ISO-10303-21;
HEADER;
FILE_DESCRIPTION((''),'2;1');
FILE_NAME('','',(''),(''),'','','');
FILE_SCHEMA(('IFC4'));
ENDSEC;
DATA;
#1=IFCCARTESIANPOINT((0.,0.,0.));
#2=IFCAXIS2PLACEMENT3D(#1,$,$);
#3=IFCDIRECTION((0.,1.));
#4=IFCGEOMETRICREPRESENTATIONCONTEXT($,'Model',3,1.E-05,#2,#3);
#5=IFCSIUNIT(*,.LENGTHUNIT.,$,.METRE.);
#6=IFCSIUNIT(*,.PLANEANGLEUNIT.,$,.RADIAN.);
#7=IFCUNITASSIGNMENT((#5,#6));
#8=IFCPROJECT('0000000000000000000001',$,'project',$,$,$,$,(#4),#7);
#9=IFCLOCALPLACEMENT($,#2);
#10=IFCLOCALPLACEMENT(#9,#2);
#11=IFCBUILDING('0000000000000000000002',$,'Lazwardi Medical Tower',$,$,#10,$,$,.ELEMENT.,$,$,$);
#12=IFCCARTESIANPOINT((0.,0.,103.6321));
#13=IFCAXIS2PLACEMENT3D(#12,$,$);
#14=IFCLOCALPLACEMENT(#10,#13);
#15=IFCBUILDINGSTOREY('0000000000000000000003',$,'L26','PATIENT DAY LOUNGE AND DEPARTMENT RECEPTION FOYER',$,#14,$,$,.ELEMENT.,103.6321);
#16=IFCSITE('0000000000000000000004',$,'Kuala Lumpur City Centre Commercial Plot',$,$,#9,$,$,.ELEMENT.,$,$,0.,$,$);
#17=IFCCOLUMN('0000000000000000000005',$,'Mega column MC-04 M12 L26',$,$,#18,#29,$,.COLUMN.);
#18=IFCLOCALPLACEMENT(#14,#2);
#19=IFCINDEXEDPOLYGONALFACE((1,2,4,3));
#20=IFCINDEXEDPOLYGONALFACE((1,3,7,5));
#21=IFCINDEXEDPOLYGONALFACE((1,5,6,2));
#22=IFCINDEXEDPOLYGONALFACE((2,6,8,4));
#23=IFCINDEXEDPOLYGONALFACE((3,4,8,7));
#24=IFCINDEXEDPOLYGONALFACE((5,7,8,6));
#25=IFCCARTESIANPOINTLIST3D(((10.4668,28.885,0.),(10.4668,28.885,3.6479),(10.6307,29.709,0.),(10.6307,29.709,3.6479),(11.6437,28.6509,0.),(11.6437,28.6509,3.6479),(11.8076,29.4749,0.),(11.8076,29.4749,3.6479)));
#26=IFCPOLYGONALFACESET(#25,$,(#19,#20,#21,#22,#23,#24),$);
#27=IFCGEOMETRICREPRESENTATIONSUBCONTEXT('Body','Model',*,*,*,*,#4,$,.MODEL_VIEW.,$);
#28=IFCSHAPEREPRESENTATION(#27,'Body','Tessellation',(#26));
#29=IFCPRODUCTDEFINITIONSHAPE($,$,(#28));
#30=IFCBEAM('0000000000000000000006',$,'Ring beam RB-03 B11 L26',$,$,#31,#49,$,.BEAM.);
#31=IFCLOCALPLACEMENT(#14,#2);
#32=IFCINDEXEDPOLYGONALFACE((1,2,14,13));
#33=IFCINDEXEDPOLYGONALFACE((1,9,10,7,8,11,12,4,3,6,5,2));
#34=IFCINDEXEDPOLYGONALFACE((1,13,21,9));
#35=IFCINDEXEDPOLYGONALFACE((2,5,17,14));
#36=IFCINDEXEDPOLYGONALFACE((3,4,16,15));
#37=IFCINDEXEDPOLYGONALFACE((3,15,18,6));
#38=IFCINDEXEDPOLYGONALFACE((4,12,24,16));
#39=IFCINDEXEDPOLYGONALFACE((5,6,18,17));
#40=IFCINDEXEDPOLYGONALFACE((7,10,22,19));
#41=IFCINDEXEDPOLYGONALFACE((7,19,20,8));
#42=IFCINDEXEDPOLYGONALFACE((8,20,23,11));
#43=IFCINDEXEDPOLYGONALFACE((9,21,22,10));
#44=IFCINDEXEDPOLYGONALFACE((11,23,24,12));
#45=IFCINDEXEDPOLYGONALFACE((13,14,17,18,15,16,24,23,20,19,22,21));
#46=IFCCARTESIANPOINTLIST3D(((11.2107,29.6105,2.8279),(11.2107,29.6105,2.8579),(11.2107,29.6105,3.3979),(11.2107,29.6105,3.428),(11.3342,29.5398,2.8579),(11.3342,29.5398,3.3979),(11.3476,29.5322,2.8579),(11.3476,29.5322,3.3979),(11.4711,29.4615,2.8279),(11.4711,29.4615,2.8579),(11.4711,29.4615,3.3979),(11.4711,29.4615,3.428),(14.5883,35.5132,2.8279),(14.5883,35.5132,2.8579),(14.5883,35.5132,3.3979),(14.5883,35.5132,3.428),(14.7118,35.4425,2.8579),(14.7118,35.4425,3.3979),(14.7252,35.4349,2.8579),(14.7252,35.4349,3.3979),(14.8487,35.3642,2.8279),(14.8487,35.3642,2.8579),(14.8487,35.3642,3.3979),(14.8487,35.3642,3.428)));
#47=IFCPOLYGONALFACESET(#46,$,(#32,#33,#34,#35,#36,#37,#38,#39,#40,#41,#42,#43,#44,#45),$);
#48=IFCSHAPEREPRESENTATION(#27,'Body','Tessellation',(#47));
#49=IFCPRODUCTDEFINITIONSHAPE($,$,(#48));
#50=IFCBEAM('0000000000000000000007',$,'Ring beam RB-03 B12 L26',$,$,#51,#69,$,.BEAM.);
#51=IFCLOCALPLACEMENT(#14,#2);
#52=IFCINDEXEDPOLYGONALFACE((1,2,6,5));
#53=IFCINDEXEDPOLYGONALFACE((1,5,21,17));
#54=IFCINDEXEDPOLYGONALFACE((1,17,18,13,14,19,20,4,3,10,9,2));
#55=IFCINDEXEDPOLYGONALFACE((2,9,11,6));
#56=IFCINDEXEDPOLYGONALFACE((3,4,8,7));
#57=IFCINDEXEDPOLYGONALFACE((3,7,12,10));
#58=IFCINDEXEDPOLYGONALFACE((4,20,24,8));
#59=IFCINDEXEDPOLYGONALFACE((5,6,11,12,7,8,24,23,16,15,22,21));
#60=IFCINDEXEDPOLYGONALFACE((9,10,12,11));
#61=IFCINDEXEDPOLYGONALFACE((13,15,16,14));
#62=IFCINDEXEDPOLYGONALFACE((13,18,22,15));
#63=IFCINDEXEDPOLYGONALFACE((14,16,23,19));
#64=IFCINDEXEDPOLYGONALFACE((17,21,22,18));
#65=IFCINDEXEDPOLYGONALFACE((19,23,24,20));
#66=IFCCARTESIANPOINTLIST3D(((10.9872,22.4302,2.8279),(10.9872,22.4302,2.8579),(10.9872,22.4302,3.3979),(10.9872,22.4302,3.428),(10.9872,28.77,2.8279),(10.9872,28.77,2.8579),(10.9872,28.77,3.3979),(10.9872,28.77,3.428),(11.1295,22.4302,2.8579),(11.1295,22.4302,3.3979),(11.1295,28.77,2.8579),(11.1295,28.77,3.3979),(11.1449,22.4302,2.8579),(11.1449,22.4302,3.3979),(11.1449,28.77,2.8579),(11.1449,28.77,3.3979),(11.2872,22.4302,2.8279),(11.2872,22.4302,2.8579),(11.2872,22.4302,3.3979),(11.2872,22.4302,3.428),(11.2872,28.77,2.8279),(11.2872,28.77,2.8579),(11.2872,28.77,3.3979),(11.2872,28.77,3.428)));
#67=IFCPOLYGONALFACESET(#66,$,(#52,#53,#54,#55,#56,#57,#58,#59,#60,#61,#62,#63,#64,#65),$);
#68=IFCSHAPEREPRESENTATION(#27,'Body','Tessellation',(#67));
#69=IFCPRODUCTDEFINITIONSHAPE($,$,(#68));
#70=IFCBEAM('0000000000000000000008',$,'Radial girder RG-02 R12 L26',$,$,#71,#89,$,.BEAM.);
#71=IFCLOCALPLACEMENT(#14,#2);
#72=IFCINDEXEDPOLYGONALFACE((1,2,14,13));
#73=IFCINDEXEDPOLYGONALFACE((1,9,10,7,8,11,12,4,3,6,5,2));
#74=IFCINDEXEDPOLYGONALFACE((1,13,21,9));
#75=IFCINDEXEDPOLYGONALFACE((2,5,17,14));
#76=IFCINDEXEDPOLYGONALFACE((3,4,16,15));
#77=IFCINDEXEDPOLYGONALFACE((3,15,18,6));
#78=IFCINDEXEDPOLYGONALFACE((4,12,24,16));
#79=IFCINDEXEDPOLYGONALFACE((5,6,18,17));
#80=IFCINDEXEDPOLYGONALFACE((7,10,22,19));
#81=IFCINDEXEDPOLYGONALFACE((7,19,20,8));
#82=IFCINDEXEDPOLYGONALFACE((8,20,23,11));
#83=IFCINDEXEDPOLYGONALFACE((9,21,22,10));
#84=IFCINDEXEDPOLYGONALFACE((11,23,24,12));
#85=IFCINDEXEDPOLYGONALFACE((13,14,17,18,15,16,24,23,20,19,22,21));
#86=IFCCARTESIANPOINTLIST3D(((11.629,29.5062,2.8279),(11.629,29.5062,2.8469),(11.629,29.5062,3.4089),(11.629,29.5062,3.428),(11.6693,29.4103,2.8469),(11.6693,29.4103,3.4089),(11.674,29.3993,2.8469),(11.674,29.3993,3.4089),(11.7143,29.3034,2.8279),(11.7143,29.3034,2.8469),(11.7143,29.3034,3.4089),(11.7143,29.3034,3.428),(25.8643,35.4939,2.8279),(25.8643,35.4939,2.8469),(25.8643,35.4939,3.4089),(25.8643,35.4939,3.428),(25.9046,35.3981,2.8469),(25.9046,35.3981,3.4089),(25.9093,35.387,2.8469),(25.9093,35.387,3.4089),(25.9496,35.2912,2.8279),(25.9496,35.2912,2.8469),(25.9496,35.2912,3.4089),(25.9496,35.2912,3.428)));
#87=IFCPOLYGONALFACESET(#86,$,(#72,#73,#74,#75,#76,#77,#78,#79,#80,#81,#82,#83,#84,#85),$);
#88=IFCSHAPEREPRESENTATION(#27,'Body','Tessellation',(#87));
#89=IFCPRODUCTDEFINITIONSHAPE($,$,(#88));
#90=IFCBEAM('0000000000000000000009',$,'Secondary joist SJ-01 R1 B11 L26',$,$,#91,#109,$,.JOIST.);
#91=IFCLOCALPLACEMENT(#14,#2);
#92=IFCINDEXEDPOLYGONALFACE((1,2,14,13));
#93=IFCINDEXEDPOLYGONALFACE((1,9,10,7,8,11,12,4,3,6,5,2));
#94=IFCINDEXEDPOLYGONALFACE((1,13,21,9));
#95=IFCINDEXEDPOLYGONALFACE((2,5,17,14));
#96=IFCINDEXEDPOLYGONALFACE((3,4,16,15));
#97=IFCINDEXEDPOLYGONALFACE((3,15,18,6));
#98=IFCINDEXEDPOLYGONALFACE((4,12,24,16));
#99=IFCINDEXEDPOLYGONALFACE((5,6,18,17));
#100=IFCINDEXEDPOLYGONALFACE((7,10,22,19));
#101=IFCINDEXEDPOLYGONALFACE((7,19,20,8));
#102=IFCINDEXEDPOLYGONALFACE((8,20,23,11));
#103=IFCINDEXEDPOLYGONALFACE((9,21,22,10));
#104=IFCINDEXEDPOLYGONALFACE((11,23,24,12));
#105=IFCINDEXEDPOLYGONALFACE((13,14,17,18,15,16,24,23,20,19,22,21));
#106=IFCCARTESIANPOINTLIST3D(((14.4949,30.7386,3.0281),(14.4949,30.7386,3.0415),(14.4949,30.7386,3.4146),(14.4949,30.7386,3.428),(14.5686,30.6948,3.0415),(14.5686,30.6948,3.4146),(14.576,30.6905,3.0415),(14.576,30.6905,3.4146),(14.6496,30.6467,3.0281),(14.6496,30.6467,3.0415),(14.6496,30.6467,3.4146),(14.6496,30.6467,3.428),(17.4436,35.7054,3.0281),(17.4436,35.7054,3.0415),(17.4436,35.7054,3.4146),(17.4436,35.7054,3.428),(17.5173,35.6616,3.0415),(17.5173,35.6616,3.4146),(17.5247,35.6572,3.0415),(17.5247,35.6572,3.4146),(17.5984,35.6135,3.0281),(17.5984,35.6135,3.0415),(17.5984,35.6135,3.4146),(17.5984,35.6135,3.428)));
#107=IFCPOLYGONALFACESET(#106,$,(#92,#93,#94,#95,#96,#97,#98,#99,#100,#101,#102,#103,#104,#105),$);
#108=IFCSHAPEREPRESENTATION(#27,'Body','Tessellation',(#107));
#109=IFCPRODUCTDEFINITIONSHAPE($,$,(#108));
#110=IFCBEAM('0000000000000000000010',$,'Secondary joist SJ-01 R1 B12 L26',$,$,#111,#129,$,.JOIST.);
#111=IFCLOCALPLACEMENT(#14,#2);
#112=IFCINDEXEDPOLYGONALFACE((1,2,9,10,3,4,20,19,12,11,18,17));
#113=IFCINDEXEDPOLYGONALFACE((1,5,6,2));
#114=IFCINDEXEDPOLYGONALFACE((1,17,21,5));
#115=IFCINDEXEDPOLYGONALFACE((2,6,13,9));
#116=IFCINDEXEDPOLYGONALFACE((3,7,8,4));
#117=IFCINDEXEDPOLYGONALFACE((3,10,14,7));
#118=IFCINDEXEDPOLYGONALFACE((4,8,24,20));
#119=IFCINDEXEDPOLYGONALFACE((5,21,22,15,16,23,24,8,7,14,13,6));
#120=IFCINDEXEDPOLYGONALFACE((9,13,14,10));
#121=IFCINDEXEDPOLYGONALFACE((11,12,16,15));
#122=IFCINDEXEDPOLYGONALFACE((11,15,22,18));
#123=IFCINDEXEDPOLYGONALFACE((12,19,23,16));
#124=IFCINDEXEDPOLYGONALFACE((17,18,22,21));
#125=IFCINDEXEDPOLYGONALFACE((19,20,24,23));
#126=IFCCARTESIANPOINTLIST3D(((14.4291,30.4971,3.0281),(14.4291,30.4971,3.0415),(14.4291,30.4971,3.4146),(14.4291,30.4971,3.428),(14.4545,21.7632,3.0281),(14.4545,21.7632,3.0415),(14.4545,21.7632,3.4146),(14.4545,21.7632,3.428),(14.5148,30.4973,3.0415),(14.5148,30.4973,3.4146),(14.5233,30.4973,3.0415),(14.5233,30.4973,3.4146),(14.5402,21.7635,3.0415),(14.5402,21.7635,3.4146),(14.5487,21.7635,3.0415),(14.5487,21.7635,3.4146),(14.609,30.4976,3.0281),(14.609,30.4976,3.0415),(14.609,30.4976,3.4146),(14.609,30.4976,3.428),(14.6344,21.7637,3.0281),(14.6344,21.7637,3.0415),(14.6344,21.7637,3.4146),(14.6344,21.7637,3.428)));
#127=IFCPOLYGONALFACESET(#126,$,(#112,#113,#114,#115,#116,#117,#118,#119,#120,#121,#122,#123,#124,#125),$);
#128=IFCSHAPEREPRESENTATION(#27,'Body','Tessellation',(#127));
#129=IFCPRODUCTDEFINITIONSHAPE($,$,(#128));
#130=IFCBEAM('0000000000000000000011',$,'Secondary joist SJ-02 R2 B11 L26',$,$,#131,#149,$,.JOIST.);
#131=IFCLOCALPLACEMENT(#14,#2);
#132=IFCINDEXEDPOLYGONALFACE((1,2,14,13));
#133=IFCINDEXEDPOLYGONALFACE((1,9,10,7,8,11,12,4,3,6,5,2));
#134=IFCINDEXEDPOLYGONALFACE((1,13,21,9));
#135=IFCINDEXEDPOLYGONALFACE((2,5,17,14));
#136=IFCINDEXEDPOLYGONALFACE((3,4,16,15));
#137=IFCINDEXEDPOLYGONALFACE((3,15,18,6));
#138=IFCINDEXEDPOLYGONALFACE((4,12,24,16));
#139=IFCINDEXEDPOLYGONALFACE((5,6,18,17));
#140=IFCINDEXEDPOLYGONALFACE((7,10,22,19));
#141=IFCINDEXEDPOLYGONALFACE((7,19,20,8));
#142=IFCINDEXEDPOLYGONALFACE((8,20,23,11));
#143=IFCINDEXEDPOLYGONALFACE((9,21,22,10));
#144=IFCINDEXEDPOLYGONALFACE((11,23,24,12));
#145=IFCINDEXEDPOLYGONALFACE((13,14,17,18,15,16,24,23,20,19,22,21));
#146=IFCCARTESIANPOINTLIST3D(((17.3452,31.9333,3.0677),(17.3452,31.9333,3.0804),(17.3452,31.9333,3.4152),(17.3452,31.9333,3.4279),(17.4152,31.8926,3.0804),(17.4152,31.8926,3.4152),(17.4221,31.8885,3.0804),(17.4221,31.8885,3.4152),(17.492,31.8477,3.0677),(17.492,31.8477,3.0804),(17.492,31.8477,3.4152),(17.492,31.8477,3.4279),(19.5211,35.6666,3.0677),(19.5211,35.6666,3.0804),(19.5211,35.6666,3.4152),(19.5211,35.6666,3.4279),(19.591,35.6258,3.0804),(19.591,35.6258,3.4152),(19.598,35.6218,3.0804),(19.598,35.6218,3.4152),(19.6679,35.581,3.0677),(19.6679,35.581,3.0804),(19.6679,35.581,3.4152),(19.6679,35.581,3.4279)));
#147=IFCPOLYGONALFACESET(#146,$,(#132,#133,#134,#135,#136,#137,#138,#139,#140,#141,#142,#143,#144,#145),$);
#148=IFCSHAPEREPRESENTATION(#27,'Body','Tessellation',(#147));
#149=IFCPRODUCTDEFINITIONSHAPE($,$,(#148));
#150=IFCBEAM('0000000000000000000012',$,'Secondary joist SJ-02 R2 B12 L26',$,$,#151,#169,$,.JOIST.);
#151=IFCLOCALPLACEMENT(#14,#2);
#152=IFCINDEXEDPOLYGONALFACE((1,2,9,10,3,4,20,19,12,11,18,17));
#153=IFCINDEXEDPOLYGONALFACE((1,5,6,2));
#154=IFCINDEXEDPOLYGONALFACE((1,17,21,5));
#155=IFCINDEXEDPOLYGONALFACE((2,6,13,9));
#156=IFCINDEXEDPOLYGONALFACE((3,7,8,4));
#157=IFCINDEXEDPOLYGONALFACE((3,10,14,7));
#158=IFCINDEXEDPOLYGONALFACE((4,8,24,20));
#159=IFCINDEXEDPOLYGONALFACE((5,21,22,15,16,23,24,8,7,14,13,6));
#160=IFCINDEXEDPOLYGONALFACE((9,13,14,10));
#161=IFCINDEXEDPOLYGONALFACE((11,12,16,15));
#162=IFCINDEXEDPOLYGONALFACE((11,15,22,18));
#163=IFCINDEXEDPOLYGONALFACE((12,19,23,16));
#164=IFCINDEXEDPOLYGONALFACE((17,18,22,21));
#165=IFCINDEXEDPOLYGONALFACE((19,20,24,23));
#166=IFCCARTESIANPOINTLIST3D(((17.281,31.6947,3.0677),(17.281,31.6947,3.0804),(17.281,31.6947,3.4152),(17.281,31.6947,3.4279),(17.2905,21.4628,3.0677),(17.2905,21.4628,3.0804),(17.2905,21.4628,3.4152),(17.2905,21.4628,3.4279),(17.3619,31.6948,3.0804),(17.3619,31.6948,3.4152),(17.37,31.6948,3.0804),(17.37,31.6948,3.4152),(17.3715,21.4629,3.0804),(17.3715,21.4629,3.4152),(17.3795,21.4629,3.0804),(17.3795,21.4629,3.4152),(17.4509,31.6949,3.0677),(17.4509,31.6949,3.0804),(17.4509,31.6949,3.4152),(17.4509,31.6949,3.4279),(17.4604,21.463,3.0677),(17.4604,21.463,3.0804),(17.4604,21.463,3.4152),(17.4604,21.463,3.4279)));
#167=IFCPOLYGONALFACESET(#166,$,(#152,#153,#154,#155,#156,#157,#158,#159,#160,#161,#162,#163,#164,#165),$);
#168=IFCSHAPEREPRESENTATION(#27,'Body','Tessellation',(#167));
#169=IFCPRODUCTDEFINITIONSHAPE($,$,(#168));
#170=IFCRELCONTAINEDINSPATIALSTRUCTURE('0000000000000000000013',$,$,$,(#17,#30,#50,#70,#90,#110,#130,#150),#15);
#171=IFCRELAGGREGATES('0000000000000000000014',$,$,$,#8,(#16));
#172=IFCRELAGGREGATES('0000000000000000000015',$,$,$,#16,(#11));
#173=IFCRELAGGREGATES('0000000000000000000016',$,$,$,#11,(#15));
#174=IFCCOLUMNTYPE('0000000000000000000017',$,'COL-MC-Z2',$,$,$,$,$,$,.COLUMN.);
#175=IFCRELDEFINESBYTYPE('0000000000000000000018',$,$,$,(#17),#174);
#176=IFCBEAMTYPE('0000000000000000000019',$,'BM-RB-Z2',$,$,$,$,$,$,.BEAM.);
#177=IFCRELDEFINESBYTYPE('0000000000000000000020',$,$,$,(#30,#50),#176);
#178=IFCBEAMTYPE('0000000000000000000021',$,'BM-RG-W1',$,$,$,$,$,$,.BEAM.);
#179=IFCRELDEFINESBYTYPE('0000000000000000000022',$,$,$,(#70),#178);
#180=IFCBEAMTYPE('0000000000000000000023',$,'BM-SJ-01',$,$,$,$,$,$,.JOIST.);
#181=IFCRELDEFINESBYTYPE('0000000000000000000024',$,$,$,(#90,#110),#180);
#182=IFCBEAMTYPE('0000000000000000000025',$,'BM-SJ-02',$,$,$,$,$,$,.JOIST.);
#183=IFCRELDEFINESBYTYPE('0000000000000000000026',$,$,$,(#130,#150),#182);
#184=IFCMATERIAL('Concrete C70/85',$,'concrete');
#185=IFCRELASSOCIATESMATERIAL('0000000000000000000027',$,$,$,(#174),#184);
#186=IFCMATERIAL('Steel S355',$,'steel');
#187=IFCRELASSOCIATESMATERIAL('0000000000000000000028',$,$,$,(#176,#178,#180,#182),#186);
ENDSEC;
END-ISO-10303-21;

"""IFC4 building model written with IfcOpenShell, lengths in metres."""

from ifc_helpers import new_model, si_unit, direction, frame, origin, origin_2d, place, context, subcontext, project, spatial, rectangle, i_section, extrude, material, material_profile, profile_set, type_object, element, save


model = new_model("IFC4")

# Units and contexts
model_context = context("Model", 3, precision=1e-05, world=origin(), true_north=direction((0.0, 1.0)))
body_context = subcontext(model_context, "Body", "Model", "MODEL_VIEW")
ifc_project = project(units=[si_unit("LENGTHUNIT", "METRE"), si_unit("PLANEANGLEUNIT", "RADIAN")], contexts=[model_context])

# Site, building, storey
site_placement = place(None, origin())
site = spatial("IfcSite", under=ifc_project, at=site_placement, Name="Kuala Lumpur City Centre Commercial Plot", CompositionType="ELEMENT", RefElevation=0.0)
building_placement = place(site_placement, origin())
building = spatial("IfcBuilding", under=site, at=building_placement, Name="Lazwardi Medical Tower", CompositionType="ELEMENT")
storey_placement = place(building_placement, frame((0.0, 0.0, 103.6321)))
storey = spatial("IfcBuildingStorey", under=building, at=storey_placement, Name="L26", Description="PATIENT DAY LOUNGE AND DEPARTMENT RECEPTION FOYER", CompositionType="ELEMENT", Elevation=103.6321)

# Column
ifc_material_1 = material(Name="Concrete C70/85", Category="concrete")
ifc_material_profile_1 = material_profile(ifc_material_1, rectangle(XDim=1.2, YDim=0.8401, at=origin_2d()), Name="CFT-RECT 1200x840")
ifc_profile_set_1 = profile_set([ifc_material_profile_1], Name="Concrete C70/85")
column_type = type_object("IfcColumnType", Name="COL-MC-Z2", PredefinedType="COLUMN", material=ifc_profile_set_1)
column_placement = place(storey_placement, frame((11.1372, 29.1799, 0.0), z_axis=(0.0, 0.0, 1.0), x_axis=(-0.980785, 0.19509, 0.0)))
element("IfcColumn", 1, at=column_placement, inside=storey, type_object=column_type, Name="Mega column MC-04 M12 L26", PredefinedType="COLUMN", context=body_context, shape_type="SweptSolid", body=[
    extrude(rectangle(XDim=1.2, YDim=0.8401, at=origin_2d()), origin(), (0.0, 0.0, 1.0), 3.6479),
])

# Beams
ifc_material_2 = material(Name="Steel S355", Category="steel")
ifc_material_profile_2 = material_profile(ifc_material_2, i_section(OverallWidth=0.3, OverallDepth=0.6001, WebThickness=0.0154, FlangeThickness=0.03, at=origin_2d()), Name="HEB 600")
ifc_profile_set_2 = profile_set([ifc_material_profile_2], Name="Steel S355")
beam_type_1 = type_object("IfcBeamType", Name="BM-RB-Z2", PredefinedType="BEAM", material=ifc_profile_set_2)
beam_1_placement = place(storey_placement, frame((14.7185, 35.4387, 3.1279), z_axis=(-0.496653, -0.867949, 0.0), x_axis=(0.867949, -0.496653, 0.0)))
element("IfcBeam", 2, at=beam_1_placement, inside=storey, type_object=beam_type_1, Name="Ring beam RB-03 B11 L26", PredefinedType="BEAM", context=body_context, shape_type="SweptSolid", body=[
    extrude(i_section(OverallWidth=0.3, OverallDepth=0.6001, WebThickness=0.0154, FlangeThickness=0.03, at=origin_2d()), origin(), (0.0, 0.0, 1.0), 6.8008),
])
beam_2_placement = place(storey_placement, frame((11.1372, 28.77, 3.1279), z_axis=(0.0, -1.0, 0.0), x_axis=(1.0, 0.0, 0.0)))
element("IfcBeam", 3, at=beam_2_placement, inside=storey, type_object=beam_type_1, Name="Ring beam RB-03 B12 L26", PredefinedType="BEAM", context=body_context, shape_type="SweptSolid", body=[
    extrude(i_section(OverallWidth=0.3, OverallDepth=0.6001, WebThickness=0.0154, FlangeThickness=0.03, at=origin_2d()), origin(), (0.0, 0.0, 1.0), 6.3398),
])
ifc_material_profile_3 = material_profile(ifc_material_2, i_section(OverallWidth=0.22, OverallDepth=0.6001, WebThickness=0.012, FlangeThickness=0.019, at=origin_2d()), Name="IPE 600")
ifc_profile_set_3 = profile_set([ifc_material_profile_3], Name="Steel S355")
beam_type_2 = type_object("IfcBeamType", Name="BM-RG-W1", PredefinedType="BEAM", material=ifc_profile_set_3)
beam_3_placement = place(storey_placement, frame((11.6716, 29.4048, 3.1279), z_axis=(0.921775, 0.387725, 0.0), x_axis=(-0.387725, 0.921775, 0.0)))
element("IfcBeam", 4, at=beam_3_placement, inside=storey, type_object=beam_type_2, Name="Radial girder RG-02 R12 L26", PredefinedType="BEAM", context=body_context, shape_type="SweptSolid", body=[
    extrude(i_section(OverallWidth=0.22, OverallDepth=0.6001, WebThickness=0.012, FlangeThickness=0.019, at=origin_2d()), origin(), (0.0, 0.0, 1.0), 15.4434),
])
ifc_material_profile_4 = material_profile(ifc_material_2, i_section(OverallWidth=0.1799, OverallDepth=0.3999, WebThickness=0.0085, FlangeThickness=0.0134, at=origin_2d()), Name="IPE 400")
ifc_profile_set_4 = profile_set([ifc_material_profile_4], Name="Steel S355")
beam_type_3 = type_object("IfcBeamType", Name="BM-SJ-01", PredefinedType="JOIST", material=ifc_profile_set_4)
beam_4_placement = place(storey_placement, frame((17.521, 35.6594, 3.228), z_axis=(-0.5105, -0.859878, 0.0), x_axis=(0.859878, -0.5105, 0.0)))
element("IfcBeam", 5, at=beam_4_placement, inside=storey, type_object=beam_type_3, Name="Secondary joist SJ-01 R1 B11 L26", PredefinedType="JOIST", context=body_context, shape_type="SweptSolid", body=[
    extrude(i_section(OverallWidth=0.1799, OverallDepth=0.3999, WebThickness=0.0085, FlangeThickness=0.0134, at=origin_2d()), origin(), (0.0, 0.0, 1.0), 5.7761),
])
beam_5_placement = place(storey_placement, frame((14.519, 30.4973, 3.228), z_axis=(0.002907, -0.999996, 0.0), x_axis=(0.999996, 0.002907, 0.0)))
element("IfcBeam", 6, at=beam_5_placement, inside=storey, type_object=beam_type_3, Name="Secondary joist SJ-01 R1 B12 L26", PredefinedType="JOIST", context=body_context, shape_type="SweptSolid", body=[
    extrude(i_section(OverallWidth=0.1799, OverallDepth=0.3999, WebThickness=0.0085, FlangeThickness=0.0134, at=origin_2d()), origin(), (0.0, 0.0, 1.0), 8.7339),
])
ifc_material_profile_5 = material_profile(ifc_material_2, i_section(OverallWidth=0.1699, OverallDepth=0.3601, WebThickness=0.0081, FlangeThickness=0.0127, at=origin_2d()), Name="IPE 360")
ifc_profile_set_5 = profile_set([ifc_material_profile_5], Name="Steel S355")
beam_type_4 = type_object("IfcBeamType", Name="BM-SJ-02", PredefinedType="JOIST", material=ifc_profile_set_5)
beam_6_placement = place(storey_placement, frame((19.5945, 35.6238, 3.2478), z_axis=(-0.503544, -0.863969, 0.0), x_axis=(0.863969, -0.503544, 0.0)))
element("IfcBeam", 7, at=beam_6_placement, inside=storey, type_object=beam_type_4, Name="Secondary joist SJ-02 R2 B11 L26", PredefinedType="JOIST", context=body_context, shape_type="SweptSolid", body=[
    extrude(i_section(OverallWidth=0.1699, OverallDepth=0.3601, WebThickness=0.0081, FlangeThickness=0.0127, at=origin_2d()), origin(), (0.0, 0.0, 1.0), 4.321),
])
beam_7_placement = place(storey_placement, frame((17.366, 31.6948, 3.2478), z_axis=(0.000931, -1.0, 0.0), x_axis=(1.0, 0.000931, 0.0)))
element("IfcBeam", 8, at=beam_7_placement, inside=storey, type_object=beam_type_4, Name="Secondary joist SJ-02 R2 B12 L26", PredefinedType="JOIST", context=body_context, shape_type="SweptSolid", body=[
    extrude(i_section(OverallWidth=0.1699, OverallDepth=0.3601, WebThickness=0.0081, FlangeThickness=0.0127, at=origin_2d()), origin(), (0.0, 0.0, 1.0), 10.2319),
])

save(model, "model.ifc")
